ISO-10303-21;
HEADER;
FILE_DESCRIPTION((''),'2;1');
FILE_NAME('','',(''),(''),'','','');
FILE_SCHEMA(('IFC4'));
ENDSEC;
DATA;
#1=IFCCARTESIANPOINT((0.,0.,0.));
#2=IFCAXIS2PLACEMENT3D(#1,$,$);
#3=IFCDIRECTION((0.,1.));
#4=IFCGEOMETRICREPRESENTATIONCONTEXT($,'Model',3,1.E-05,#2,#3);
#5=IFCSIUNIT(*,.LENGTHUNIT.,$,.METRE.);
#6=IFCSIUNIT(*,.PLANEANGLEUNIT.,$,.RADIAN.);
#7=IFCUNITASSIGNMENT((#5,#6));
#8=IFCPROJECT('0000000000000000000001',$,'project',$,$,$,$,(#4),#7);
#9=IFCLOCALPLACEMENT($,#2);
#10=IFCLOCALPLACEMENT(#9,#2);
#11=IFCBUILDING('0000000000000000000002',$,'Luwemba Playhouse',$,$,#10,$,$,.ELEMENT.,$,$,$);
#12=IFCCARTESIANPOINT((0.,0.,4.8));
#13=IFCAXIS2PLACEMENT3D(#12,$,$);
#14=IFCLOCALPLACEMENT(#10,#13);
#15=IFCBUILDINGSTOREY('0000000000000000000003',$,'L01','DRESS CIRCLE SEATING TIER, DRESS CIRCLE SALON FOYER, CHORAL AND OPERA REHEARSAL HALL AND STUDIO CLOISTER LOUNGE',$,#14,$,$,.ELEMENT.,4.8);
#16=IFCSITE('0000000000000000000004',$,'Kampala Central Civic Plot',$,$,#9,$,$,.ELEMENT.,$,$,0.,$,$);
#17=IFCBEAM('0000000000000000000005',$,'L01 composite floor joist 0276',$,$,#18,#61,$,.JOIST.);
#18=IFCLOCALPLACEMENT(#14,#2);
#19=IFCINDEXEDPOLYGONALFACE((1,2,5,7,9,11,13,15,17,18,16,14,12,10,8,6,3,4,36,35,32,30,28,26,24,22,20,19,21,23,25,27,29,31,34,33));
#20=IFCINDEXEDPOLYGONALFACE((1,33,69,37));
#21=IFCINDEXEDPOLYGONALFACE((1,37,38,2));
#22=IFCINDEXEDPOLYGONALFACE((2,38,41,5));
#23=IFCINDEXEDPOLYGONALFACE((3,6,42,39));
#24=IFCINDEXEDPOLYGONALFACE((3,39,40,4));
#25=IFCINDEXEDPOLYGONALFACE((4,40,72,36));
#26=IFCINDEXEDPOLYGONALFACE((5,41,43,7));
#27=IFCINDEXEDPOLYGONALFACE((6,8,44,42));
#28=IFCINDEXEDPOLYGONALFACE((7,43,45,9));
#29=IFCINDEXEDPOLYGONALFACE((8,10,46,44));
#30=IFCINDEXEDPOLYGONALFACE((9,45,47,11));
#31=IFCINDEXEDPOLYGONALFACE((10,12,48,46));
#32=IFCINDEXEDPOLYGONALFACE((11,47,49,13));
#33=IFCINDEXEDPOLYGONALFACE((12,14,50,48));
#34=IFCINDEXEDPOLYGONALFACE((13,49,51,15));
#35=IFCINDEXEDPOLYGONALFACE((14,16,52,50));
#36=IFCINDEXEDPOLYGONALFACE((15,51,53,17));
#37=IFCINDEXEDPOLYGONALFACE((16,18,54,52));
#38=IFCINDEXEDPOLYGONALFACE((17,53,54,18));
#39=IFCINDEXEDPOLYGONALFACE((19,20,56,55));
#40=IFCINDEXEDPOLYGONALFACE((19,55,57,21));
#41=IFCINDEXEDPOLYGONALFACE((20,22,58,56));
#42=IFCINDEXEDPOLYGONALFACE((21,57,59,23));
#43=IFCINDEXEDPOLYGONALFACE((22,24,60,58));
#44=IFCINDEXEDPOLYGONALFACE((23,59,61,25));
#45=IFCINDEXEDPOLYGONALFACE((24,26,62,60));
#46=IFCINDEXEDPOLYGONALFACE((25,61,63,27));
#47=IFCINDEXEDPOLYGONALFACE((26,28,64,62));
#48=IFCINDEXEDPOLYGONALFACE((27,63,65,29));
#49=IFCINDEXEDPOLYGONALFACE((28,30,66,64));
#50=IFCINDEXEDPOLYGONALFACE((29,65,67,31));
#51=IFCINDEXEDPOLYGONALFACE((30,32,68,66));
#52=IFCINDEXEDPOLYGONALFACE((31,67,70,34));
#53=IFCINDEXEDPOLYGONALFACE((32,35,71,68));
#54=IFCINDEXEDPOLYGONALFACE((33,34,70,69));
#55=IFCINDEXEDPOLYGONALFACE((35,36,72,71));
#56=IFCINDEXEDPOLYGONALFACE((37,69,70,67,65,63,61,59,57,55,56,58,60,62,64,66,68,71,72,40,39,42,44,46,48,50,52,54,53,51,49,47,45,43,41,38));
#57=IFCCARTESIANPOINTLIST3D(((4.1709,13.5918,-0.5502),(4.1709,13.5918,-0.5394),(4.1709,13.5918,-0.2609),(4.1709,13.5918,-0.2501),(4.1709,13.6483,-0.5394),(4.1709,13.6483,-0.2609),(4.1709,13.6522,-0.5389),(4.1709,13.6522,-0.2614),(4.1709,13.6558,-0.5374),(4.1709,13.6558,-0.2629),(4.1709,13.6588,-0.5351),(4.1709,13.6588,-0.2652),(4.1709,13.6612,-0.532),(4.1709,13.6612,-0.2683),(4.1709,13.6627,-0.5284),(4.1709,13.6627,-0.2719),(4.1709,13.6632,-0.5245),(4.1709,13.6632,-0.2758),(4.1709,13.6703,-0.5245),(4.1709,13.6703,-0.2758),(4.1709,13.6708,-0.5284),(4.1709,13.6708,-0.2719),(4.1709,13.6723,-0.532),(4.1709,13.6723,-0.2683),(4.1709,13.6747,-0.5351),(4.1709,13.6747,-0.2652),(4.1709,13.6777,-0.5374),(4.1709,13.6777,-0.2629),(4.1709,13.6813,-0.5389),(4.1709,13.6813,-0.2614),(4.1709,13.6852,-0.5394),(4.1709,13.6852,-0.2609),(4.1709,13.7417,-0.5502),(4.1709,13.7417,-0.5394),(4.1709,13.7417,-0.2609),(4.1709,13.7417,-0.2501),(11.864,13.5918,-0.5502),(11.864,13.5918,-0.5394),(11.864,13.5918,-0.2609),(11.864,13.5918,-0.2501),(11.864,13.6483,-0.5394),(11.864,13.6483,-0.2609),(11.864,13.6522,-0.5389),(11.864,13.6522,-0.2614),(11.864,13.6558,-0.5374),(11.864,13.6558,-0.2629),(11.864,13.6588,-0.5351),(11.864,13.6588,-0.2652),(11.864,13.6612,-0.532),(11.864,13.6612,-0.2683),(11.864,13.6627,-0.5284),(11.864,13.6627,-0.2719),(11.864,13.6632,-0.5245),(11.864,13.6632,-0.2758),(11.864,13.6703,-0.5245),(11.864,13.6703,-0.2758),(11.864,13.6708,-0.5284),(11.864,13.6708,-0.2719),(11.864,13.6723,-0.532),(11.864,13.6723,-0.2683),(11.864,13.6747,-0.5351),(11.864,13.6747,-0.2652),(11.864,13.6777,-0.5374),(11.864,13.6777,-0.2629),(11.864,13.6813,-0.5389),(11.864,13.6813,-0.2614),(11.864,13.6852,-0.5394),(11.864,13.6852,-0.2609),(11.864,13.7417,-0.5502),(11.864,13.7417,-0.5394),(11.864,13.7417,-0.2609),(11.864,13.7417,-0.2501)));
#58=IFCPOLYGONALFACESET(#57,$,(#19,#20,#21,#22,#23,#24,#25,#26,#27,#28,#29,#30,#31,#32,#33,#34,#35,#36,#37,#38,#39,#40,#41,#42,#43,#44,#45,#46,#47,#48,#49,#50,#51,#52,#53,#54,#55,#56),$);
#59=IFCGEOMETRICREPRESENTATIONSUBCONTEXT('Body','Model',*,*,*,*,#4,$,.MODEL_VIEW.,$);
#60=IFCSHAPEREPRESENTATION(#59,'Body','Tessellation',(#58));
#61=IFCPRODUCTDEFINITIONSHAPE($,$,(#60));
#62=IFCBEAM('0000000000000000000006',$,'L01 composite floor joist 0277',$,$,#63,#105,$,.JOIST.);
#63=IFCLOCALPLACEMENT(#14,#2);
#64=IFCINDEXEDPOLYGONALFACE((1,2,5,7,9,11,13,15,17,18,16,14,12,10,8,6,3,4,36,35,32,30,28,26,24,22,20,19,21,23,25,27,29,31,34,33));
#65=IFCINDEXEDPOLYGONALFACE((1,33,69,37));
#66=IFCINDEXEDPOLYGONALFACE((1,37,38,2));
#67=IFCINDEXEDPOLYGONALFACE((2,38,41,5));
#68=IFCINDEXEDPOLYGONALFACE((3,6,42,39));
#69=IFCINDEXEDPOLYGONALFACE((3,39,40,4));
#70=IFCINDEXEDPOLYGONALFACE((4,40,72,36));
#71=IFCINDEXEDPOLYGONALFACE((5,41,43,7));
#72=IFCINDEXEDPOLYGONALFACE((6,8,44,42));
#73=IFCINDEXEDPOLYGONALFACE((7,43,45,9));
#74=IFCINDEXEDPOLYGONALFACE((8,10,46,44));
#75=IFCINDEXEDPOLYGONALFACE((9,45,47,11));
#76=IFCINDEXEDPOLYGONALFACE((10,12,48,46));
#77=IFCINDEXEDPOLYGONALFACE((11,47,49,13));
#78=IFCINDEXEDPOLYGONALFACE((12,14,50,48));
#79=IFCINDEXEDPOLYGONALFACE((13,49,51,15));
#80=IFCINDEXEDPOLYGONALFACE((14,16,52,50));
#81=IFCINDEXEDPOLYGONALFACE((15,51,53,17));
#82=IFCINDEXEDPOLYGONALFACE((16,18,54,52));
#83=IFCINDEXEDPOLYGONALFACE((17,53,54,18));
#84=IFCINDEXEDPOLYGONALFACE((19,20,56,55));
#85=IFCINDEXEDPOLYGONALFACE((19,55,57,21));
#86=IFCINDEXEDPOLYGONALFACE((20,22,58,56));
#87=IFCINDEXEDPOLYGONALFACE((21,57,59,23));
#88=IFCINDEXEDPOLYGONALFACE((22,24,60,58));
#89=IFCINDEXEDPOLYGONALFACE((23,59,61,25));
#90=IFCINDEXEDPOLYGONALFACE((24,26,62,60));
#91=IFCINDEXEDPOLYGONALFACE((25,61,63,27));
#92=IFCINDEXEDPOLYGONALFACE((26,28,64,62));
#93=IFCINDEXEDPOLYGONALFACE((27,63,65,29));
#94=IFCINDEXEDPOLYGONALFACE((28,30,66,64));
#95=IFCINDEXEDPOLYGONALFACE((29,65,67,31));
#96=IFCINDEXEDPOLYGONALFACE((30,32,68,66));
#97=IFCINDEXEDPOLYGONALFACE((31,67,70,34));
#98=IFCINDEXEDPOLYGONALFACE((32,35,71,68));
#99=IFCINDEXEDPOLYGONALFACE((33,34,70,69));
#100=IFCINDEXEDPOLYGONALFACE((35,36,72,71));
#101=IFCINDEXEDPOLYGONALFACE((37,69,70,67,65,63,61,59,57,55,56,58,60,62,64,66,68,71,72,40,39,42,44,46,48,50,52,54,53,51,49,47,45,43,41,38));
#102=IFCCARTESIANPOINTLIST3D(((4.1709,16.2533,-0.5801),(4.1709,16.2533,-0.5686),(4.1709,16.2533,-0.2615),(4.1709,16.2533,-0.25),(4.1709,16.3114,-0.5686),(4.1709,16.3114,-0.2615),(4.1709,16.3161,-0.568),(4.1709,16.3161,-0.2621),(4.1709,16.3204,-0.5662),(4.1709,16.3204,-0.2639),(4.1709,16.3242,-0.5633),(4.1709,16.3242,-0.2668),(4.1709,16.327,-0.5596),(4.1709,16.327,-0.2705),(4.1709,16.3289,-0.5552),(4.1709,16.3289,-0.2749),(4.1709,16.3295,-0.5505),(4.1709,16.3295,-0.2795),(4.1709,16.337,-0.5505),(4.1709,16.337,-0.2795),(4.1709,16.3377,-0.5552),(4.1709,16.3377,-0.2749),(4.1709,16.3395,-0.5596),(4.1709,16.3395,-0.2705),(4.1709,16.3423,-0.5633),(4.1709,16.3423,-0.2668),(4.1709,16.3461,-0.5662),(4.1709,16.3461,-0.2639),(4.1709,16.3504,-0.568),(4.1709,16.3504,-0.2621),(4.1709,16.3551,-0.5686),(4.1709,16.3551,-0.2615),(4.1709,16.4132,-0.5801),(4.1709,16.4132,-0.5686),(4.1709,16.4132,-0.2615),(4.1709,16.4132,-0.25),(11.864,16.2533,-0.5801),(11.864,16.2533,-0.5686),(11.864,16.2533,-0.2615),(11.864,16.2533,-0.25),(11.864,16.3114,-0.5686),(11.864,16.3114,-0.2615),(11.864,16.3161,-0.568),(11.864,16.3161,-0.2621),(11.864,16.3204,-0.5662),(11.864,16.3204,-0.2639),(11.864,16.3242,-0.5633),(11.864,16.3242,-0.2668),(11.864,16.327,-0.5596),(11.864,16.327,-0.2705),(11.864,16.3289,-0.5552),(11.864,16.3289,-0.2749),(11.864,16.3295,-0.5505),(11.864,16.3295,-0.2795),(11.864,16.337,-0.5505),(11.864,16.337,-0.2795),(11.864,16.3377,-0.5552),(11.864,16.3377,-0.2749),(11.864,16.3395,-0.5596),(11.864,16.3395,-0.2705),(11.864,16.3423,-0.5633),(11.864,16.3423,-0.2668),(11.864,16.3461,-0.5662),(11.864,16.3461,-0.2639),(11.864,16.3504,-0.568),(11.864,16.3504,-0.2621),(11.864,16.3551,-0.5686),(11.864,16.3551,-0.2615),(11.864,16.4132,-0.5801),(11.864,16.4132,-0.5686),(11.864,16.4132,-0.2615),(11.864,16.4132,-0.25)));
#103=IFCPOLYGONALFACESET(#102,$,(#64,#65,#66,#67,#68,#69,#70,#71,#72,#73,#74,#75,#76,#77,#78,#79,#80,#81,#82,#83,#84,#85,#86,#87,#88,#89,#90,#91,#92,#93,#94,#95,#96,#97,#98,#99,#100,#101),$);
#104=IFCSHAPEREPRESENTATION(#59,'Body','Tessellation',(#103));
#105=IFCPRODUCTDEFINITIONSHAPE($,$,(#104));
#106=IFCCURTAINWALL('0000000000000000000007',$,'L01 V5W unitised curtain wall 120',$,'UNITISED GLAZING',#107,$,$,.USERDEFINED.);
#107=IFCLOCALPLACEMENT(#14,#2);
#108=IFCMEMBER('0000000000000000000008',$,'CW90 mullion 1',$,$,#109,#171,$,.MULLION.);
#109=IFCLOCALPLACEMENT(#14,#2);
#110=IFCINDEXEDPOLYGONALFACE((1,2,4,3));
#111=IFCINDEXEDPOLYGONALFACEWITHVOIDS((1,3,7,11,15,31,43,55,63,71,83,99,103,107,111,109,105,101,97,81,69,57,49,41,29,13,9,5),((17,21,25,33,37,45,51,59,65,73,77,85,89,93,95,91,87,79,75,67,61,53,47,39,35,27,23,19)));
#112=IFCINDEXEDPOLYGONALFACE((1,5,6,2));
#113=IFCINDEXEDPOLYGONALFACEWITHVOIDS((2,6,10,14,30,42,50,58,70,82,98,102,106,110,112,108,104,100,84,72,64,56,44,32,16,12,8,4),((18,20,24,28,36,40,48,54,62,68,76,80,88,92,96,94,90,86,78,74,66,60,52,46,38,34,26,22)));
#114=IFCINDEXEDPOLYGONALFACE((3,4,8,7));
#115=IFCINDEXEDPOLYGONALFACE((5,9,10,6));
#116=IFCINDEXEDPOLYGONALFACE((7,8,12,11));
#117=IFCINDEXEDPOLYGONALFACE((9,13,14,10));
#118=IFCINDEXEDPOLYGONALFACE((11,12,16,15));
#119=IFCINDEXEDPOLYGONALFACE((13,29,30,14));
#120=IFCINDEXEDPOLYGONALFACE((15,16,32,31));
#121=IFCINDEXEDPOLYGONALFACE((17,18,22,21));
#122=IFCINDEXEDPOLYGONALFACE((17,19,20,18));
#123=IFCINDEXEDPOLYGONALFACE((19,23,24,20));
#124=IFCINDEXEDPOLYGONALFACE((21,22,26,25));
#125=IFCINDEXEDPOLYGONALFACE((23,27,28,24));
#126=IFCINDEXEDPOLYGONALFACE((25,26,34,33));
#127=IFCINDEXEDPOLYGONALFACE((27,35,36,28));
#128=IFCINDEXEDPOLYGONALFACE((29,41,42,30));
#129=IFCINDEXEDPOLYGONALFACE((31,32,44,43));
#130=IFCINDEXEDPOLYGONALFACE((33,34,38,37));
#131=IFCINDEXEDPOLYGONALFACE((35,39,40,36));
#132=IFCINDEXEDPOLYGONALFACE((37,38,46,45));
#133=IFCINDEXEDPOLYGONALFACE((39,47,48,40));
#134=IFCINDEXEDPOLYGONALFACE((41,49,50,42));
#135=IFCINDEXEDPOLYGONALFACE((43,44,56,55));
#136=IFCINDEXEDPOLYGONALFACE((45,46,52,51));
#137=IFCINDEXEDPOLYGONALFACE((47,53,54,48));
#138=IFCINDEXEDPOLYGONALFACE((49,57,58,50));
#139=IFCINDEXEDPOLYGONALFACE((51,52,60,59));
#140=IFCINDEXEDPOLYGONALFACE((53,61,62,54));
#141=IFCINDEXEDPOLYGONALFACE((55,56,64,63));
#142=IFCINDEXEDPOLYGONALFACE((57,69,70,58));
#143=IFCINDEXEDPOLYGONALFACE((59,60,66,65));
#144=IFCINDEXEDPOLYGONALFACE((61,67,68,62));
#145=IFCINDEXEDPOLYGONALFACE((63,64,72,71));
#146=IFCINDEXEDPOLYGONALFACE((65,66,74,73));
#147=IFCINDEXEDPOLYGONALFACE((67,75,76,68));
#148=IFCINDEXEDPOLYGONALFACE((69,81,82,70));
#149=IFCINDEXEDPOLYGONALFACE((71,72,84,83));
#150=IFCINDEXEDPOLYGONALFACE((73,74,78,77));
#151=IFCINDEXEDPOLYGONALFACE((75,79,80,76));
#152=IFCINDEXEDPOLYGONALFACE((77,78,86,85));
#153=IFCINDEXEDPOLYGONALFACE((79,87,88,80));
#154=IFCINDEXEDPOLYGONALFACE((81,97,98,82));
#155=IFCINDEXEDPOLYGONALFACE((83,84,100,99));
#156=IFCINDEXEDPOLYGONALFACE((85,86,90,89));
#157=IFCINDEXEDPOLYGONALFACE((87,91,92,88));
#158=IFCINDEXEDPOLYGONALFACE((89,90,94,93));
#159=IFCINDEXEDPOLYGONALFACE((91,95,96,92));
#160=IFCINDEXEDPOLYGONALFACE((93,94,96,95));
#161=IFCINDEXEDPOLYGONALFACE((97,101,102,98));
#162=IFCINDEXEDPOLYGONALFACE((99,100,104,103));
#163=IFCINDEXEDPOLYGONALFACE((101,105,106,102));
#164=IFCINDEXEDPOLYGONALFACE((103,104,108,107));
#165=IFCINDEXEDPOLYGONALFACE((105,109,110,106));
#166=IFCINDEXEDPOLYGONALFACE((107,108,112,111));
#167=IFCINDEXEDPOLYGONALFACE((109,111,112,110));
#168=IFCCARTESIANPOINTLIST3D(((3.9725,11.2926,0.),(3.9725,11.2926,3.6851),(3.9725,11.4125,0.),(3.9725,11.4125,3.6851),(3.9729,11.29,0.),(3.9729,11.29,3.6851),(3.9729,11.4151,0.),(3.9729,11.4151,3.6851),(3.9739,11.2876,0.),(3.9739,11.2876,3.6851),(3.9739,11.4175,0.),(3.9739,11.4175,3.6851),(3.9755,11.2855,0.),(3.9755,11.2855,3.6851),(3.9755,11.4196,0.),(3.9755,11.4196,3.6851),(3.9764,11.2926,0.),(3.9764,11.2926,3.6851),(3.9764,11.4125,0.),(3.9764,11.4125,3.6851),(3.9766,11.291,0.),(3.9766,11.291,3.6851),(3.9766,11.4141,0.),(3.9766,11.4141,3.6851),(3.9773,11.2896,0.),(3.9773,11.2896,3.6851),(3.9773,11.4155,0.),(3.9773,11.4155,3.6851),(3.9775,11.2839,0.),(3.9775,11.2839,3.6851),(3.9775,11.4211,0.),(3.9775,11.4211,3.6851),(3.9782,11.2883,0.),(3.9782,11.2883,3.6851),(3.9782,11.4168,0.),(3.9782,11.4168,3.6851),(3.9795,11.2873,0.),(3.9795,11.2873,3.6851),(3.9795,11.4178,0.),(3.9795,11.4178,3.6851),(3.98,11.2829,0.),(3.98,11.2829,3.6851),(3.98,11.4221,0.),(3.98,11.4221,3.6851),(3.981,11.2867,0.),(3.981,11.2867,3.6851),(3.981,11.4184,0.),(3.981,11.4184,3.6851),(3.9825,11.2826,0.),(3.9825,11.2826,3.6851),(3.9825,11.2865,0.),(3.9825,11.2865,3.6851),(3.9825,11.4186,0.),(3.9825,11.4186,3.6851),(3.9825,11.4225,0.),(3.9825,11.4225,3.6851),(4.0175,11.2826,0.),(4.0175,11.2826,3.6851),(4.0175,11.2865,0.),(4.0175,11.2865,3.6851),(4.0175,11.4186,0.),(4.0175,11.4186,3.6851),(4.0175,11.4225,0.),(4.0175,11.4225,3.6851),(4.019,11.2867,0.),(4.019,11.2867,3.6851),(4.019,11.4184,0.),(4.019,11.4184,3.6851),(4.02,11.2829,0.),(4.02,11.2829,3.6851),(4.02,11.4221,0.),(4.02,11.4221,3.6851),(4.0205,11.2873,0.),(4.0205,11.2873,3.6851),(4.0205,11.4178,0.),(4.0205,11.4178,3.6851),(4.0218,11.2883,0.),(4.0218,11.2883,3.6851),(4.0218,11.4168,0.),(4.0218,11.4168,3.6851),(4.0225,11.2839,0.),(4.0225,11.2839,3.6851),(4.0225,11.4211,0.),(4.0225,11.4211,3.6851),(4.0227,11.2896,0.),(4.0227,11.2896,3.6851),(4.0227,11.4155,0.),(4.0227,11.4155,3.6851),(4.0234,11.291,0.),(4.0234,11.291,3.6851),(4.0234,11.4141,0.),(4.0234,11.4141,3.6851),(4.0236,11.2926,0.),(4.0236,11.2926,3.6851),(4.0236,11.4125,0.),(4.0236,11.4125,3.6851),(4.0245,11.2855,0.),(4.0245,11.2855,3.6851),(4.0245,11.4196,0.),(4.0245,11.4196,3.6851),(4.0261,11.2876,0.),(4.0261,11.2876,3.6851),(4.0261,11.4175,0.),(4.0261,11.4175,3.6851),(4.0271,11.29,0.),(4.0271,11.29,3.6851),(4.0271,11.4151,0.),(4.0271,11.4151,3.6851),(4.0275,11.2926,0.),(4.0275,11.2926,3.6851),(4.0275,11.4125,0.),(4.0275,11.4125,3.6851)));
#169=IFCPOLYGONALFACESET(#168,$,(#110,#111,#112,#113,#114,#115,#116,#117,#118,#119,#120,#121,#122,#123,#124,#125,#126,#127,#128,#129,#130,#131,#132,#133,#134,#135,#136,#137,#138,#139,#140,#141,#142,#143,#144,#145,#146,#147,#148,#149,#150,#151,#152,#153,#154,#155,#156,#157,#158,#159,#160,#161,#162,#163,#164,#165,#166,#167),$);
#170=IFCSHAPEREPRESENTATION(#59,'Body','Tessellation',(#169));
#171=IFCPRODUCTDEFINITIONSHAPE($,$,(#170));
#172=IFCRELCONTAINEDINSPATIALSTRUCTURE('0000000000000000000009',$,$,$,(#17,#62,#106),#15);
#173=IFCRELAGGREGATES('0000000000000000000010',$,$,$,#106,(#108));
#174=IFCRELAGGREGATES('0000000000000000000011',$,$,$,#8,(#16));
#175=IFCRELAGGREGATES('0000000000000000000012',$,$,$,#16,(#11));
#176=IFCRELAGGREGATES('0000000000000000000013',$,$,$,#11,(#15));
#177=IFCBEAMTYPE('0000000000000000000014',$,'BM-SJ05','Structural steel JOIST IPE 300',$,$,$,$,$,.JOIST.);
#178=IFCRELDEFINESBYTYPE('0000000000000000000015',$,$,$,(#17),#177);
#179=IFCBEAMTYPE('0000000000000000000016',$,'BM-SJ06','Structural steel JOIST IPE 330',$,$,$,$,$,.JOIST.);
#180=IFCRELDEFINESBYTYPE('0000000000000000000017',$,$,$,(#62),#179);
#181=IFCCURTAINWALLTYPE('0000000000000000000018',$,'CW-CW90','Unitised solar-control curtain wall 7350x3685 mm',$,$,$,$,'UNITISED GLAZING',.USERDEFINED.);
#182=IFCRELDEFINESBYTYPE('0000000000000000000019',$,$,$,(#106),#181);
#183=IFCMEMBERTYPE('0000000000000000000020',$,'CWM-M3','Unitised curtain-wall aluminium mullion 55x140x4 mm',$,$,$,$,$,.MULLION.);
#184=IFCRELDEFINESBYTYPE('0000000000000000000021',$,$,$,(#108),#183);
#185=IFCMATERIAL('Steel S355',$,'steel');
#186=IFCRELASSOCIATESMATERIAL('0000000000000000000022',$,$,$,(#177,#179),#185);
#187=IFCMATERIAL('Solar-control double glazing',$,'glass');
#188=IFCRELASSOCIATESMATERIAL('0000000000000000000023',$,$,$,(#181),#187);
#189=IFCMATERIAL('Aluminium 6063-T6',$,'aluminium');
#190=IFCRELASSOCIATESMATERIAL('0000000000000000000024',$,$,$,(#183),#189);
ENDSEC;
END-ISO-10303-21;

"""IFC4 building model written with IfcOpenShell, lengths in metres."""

from ifc_helpers import new_model, si_unit, direction, frame, origin, origin_2d, place, context, subcontext, project, spatial, hollow_rectangle, i_section, extrude, material, material_profile, profile_set, type_object, element, aggregate, save


model = new_model("IFC4")

# Units and contexts
model_context = context("Model", 3, precision=1e-05, world=origin(), true_north=direction((0.0, 1.0)))
body_context = subcontext(model_context, "Body", "Model", "MODEL_VIEW")
ifc_project = project(units=[si_unit("LENGTHUNIT", "METRE"), si_unit("PLANEANGLEUNIT", "RADIAN")], contexts=[model_context])

# Site, building, storey
site_placement = place(None, origin())
site = spatial("IfcSite", under=ifc_project, at=site_placement, Name="Kampala Central Civic Plot", CompositionType="ELEMENT", RefElevation=0.0)
building_placement = place(site_placement, origin())
building = spatial("IfcBuilding", under=site, at=building_placement, Name="Luwemba Playhouse", CompositionType="ELEMENT")
storey_placement = place(building_placement, frame((0.0, 0.0, 4.8)))
storey = spatial("IfcBuildingStorey", under=building, at=storey_placement, Name="L01", Description="DRESS CIRCLE SEATING TIER, DRESS CIRCLE SALON FOYER, CHORAL AND OPERA REHEARSAL HALL AND STUDIO CLOISTER LOUNGE", CompositionType="ELEMENT", Elevation=4.8)

# Beams
ifc_material_1 = material(Name="Steel S355", Category="steel")
ifc_material_profile_1 = material_profile(ifc_material_1, i_section(OverallWidth=0.1499, OverallDepth=0.3, WebThickness=0.0071, FlangeThickness=0.0107, FilletRadius=0.0149, at=origin_2d()))
ifc_profile_set_1 = profile_set([ifc_material_profile_1], Name="Steel S355")
beam_type_1 = type_object("IfcBeamType", Name="BM-SJ05", Description="Structural steel JOIST IPE 300", PredefinedType="JOIST", material=ifc_profile_set_1)
beam_1_placement = place(storey_placement, frame((4.1709, 13.6667, -0.4001), z_axis=(1.0, 0.0, 0.0), x_axis=(0.0, 1.0, 0.0)))
element("IfcBeam", 1, at=beam_1_placement, inside=storey, type_object=beam_type_1, Name="L01 composite floor joist 0276", PredefinedType="JOIST", context=body_context, shape_type="SweptSolid", body=[
    extrude(i_section(OverallWidth=0.1499, OverallDepth=0.3, WebThickness=0.0071, FlangeThickness=0.0107, FilletRadius=0.0149, at=origin_2d()), origin(), (0.0, 0.0, 1.0), 7.6931),
])
ifc_material_profile_2 = material_profile(ifc_material_1, i_section(OverallWidth=0.1599, OverallDepth=0.3301, WebThickness=0.0076, FlangeThickness=0.0115, FilletRadius=0.0181, at=origin_2d()))
ifc_profile_set_2 = profile_set([ifc_material_profile_2], Name="Steel S355")
beam_type_2 = type_object("IfcBeamType", Name="BM-SJ06", Description="Structural steel JOIST IPE 330", PredefinedType="JOIST", material=ifc_profile_set_2)
beam_2_placement = place(storey_placement, frame((4.1709, 16.3333, -0.415), z_axis=(1.0, 0.0, 0.0), x_axis=(0.0, 1.0, 0.0)))
element("IfcBeam", 2, at=beam_2_placement, inside=storey, type_object=beam_type_2, Name="L01 composite floor joist 0277", PredefinedType="JOIST", context=body_context, shape_type="SweptSolid", body=[
    extrude(i_section(OverallWidth=0.1599, OverallDepth=0.3301, WebThickness=0.0076, FlangeThickness=0.0115, FilletRadius=0.0181, at=origin_2d()), origin(), (0.0, 0.0, 1.0), 7.6931),
])

# Curtain wall, member
ifc_material_2 = material(Name="Solar-control double glazing", Category="glass")
curtain_wall_type = type_object("IfcCurtainWallType", Name="CW-CW90", Description="Unitised solar-control curtain wall 7350x3685 mm", ElementType="UNITISED GLAZING", PredefinedType="USERDEFINED", material=ifc_material_2)
curtain_wall_placement = place(storey_placement, origin())
curtain_wall = element("IfcCurtainWall", 3, at=curtain_wall_placement, inside=storey, type_object=curtain_wall_type, Name="L01 V5W unitised curtain wall 120", ObjectType="UNITISED GLAZING", PredefinedType="USERDEFINED")
ifc_material_3 = material(Name="Aluminium 6063-T6", Category="aluminium")
ifc_material_profile_3 = material_profile(ifc_material_3, hollow_rectangle(XDim=0.0549, YDim=0.1399, WallThickness=0.0039, InnerFilletRadius=0.0061, OuterFilletRadius=0.01, at=origin_2d()))
ifc_profile_set_3 = profile_set([ifc_material_profile_3], Name="Aluminium 6063-T6")
member_type_1 = type_object("IfcMemberType", Name="CWM-M3", Description="Unitised curtain-wall aluminium mullion 55x140x4 mm", PredefinedType="MULLION", material=ifc_profile_set_3)
member_1_placement = place(storey_placement, frame((4.0, 11.3525, 0.0), z_axis=(0.0, 0.0, 1.0), x_axis=(-1.0, 0.0, 0.0)))
member_1 = element("IfcMember", 4, at=member_1_placement, type_object=member_type_1, Name="CW90 mullion 1", PredefinedType="MULLION", context=body_context, shape_type="SweptSolid", body=[
    extrude(hollow_rectangle(XDim=0.0549, YDim=0.1399, WallThickness=0.0039, InnerFilletRadius=0.0061, OuterFilletRadius=0.01, at=origin_2d()), origin(), (0.0, 0.0, 1.0), 3.6851),
])
aggregate(curtain_wall, [member_1])

save(model, "model.ifc")
